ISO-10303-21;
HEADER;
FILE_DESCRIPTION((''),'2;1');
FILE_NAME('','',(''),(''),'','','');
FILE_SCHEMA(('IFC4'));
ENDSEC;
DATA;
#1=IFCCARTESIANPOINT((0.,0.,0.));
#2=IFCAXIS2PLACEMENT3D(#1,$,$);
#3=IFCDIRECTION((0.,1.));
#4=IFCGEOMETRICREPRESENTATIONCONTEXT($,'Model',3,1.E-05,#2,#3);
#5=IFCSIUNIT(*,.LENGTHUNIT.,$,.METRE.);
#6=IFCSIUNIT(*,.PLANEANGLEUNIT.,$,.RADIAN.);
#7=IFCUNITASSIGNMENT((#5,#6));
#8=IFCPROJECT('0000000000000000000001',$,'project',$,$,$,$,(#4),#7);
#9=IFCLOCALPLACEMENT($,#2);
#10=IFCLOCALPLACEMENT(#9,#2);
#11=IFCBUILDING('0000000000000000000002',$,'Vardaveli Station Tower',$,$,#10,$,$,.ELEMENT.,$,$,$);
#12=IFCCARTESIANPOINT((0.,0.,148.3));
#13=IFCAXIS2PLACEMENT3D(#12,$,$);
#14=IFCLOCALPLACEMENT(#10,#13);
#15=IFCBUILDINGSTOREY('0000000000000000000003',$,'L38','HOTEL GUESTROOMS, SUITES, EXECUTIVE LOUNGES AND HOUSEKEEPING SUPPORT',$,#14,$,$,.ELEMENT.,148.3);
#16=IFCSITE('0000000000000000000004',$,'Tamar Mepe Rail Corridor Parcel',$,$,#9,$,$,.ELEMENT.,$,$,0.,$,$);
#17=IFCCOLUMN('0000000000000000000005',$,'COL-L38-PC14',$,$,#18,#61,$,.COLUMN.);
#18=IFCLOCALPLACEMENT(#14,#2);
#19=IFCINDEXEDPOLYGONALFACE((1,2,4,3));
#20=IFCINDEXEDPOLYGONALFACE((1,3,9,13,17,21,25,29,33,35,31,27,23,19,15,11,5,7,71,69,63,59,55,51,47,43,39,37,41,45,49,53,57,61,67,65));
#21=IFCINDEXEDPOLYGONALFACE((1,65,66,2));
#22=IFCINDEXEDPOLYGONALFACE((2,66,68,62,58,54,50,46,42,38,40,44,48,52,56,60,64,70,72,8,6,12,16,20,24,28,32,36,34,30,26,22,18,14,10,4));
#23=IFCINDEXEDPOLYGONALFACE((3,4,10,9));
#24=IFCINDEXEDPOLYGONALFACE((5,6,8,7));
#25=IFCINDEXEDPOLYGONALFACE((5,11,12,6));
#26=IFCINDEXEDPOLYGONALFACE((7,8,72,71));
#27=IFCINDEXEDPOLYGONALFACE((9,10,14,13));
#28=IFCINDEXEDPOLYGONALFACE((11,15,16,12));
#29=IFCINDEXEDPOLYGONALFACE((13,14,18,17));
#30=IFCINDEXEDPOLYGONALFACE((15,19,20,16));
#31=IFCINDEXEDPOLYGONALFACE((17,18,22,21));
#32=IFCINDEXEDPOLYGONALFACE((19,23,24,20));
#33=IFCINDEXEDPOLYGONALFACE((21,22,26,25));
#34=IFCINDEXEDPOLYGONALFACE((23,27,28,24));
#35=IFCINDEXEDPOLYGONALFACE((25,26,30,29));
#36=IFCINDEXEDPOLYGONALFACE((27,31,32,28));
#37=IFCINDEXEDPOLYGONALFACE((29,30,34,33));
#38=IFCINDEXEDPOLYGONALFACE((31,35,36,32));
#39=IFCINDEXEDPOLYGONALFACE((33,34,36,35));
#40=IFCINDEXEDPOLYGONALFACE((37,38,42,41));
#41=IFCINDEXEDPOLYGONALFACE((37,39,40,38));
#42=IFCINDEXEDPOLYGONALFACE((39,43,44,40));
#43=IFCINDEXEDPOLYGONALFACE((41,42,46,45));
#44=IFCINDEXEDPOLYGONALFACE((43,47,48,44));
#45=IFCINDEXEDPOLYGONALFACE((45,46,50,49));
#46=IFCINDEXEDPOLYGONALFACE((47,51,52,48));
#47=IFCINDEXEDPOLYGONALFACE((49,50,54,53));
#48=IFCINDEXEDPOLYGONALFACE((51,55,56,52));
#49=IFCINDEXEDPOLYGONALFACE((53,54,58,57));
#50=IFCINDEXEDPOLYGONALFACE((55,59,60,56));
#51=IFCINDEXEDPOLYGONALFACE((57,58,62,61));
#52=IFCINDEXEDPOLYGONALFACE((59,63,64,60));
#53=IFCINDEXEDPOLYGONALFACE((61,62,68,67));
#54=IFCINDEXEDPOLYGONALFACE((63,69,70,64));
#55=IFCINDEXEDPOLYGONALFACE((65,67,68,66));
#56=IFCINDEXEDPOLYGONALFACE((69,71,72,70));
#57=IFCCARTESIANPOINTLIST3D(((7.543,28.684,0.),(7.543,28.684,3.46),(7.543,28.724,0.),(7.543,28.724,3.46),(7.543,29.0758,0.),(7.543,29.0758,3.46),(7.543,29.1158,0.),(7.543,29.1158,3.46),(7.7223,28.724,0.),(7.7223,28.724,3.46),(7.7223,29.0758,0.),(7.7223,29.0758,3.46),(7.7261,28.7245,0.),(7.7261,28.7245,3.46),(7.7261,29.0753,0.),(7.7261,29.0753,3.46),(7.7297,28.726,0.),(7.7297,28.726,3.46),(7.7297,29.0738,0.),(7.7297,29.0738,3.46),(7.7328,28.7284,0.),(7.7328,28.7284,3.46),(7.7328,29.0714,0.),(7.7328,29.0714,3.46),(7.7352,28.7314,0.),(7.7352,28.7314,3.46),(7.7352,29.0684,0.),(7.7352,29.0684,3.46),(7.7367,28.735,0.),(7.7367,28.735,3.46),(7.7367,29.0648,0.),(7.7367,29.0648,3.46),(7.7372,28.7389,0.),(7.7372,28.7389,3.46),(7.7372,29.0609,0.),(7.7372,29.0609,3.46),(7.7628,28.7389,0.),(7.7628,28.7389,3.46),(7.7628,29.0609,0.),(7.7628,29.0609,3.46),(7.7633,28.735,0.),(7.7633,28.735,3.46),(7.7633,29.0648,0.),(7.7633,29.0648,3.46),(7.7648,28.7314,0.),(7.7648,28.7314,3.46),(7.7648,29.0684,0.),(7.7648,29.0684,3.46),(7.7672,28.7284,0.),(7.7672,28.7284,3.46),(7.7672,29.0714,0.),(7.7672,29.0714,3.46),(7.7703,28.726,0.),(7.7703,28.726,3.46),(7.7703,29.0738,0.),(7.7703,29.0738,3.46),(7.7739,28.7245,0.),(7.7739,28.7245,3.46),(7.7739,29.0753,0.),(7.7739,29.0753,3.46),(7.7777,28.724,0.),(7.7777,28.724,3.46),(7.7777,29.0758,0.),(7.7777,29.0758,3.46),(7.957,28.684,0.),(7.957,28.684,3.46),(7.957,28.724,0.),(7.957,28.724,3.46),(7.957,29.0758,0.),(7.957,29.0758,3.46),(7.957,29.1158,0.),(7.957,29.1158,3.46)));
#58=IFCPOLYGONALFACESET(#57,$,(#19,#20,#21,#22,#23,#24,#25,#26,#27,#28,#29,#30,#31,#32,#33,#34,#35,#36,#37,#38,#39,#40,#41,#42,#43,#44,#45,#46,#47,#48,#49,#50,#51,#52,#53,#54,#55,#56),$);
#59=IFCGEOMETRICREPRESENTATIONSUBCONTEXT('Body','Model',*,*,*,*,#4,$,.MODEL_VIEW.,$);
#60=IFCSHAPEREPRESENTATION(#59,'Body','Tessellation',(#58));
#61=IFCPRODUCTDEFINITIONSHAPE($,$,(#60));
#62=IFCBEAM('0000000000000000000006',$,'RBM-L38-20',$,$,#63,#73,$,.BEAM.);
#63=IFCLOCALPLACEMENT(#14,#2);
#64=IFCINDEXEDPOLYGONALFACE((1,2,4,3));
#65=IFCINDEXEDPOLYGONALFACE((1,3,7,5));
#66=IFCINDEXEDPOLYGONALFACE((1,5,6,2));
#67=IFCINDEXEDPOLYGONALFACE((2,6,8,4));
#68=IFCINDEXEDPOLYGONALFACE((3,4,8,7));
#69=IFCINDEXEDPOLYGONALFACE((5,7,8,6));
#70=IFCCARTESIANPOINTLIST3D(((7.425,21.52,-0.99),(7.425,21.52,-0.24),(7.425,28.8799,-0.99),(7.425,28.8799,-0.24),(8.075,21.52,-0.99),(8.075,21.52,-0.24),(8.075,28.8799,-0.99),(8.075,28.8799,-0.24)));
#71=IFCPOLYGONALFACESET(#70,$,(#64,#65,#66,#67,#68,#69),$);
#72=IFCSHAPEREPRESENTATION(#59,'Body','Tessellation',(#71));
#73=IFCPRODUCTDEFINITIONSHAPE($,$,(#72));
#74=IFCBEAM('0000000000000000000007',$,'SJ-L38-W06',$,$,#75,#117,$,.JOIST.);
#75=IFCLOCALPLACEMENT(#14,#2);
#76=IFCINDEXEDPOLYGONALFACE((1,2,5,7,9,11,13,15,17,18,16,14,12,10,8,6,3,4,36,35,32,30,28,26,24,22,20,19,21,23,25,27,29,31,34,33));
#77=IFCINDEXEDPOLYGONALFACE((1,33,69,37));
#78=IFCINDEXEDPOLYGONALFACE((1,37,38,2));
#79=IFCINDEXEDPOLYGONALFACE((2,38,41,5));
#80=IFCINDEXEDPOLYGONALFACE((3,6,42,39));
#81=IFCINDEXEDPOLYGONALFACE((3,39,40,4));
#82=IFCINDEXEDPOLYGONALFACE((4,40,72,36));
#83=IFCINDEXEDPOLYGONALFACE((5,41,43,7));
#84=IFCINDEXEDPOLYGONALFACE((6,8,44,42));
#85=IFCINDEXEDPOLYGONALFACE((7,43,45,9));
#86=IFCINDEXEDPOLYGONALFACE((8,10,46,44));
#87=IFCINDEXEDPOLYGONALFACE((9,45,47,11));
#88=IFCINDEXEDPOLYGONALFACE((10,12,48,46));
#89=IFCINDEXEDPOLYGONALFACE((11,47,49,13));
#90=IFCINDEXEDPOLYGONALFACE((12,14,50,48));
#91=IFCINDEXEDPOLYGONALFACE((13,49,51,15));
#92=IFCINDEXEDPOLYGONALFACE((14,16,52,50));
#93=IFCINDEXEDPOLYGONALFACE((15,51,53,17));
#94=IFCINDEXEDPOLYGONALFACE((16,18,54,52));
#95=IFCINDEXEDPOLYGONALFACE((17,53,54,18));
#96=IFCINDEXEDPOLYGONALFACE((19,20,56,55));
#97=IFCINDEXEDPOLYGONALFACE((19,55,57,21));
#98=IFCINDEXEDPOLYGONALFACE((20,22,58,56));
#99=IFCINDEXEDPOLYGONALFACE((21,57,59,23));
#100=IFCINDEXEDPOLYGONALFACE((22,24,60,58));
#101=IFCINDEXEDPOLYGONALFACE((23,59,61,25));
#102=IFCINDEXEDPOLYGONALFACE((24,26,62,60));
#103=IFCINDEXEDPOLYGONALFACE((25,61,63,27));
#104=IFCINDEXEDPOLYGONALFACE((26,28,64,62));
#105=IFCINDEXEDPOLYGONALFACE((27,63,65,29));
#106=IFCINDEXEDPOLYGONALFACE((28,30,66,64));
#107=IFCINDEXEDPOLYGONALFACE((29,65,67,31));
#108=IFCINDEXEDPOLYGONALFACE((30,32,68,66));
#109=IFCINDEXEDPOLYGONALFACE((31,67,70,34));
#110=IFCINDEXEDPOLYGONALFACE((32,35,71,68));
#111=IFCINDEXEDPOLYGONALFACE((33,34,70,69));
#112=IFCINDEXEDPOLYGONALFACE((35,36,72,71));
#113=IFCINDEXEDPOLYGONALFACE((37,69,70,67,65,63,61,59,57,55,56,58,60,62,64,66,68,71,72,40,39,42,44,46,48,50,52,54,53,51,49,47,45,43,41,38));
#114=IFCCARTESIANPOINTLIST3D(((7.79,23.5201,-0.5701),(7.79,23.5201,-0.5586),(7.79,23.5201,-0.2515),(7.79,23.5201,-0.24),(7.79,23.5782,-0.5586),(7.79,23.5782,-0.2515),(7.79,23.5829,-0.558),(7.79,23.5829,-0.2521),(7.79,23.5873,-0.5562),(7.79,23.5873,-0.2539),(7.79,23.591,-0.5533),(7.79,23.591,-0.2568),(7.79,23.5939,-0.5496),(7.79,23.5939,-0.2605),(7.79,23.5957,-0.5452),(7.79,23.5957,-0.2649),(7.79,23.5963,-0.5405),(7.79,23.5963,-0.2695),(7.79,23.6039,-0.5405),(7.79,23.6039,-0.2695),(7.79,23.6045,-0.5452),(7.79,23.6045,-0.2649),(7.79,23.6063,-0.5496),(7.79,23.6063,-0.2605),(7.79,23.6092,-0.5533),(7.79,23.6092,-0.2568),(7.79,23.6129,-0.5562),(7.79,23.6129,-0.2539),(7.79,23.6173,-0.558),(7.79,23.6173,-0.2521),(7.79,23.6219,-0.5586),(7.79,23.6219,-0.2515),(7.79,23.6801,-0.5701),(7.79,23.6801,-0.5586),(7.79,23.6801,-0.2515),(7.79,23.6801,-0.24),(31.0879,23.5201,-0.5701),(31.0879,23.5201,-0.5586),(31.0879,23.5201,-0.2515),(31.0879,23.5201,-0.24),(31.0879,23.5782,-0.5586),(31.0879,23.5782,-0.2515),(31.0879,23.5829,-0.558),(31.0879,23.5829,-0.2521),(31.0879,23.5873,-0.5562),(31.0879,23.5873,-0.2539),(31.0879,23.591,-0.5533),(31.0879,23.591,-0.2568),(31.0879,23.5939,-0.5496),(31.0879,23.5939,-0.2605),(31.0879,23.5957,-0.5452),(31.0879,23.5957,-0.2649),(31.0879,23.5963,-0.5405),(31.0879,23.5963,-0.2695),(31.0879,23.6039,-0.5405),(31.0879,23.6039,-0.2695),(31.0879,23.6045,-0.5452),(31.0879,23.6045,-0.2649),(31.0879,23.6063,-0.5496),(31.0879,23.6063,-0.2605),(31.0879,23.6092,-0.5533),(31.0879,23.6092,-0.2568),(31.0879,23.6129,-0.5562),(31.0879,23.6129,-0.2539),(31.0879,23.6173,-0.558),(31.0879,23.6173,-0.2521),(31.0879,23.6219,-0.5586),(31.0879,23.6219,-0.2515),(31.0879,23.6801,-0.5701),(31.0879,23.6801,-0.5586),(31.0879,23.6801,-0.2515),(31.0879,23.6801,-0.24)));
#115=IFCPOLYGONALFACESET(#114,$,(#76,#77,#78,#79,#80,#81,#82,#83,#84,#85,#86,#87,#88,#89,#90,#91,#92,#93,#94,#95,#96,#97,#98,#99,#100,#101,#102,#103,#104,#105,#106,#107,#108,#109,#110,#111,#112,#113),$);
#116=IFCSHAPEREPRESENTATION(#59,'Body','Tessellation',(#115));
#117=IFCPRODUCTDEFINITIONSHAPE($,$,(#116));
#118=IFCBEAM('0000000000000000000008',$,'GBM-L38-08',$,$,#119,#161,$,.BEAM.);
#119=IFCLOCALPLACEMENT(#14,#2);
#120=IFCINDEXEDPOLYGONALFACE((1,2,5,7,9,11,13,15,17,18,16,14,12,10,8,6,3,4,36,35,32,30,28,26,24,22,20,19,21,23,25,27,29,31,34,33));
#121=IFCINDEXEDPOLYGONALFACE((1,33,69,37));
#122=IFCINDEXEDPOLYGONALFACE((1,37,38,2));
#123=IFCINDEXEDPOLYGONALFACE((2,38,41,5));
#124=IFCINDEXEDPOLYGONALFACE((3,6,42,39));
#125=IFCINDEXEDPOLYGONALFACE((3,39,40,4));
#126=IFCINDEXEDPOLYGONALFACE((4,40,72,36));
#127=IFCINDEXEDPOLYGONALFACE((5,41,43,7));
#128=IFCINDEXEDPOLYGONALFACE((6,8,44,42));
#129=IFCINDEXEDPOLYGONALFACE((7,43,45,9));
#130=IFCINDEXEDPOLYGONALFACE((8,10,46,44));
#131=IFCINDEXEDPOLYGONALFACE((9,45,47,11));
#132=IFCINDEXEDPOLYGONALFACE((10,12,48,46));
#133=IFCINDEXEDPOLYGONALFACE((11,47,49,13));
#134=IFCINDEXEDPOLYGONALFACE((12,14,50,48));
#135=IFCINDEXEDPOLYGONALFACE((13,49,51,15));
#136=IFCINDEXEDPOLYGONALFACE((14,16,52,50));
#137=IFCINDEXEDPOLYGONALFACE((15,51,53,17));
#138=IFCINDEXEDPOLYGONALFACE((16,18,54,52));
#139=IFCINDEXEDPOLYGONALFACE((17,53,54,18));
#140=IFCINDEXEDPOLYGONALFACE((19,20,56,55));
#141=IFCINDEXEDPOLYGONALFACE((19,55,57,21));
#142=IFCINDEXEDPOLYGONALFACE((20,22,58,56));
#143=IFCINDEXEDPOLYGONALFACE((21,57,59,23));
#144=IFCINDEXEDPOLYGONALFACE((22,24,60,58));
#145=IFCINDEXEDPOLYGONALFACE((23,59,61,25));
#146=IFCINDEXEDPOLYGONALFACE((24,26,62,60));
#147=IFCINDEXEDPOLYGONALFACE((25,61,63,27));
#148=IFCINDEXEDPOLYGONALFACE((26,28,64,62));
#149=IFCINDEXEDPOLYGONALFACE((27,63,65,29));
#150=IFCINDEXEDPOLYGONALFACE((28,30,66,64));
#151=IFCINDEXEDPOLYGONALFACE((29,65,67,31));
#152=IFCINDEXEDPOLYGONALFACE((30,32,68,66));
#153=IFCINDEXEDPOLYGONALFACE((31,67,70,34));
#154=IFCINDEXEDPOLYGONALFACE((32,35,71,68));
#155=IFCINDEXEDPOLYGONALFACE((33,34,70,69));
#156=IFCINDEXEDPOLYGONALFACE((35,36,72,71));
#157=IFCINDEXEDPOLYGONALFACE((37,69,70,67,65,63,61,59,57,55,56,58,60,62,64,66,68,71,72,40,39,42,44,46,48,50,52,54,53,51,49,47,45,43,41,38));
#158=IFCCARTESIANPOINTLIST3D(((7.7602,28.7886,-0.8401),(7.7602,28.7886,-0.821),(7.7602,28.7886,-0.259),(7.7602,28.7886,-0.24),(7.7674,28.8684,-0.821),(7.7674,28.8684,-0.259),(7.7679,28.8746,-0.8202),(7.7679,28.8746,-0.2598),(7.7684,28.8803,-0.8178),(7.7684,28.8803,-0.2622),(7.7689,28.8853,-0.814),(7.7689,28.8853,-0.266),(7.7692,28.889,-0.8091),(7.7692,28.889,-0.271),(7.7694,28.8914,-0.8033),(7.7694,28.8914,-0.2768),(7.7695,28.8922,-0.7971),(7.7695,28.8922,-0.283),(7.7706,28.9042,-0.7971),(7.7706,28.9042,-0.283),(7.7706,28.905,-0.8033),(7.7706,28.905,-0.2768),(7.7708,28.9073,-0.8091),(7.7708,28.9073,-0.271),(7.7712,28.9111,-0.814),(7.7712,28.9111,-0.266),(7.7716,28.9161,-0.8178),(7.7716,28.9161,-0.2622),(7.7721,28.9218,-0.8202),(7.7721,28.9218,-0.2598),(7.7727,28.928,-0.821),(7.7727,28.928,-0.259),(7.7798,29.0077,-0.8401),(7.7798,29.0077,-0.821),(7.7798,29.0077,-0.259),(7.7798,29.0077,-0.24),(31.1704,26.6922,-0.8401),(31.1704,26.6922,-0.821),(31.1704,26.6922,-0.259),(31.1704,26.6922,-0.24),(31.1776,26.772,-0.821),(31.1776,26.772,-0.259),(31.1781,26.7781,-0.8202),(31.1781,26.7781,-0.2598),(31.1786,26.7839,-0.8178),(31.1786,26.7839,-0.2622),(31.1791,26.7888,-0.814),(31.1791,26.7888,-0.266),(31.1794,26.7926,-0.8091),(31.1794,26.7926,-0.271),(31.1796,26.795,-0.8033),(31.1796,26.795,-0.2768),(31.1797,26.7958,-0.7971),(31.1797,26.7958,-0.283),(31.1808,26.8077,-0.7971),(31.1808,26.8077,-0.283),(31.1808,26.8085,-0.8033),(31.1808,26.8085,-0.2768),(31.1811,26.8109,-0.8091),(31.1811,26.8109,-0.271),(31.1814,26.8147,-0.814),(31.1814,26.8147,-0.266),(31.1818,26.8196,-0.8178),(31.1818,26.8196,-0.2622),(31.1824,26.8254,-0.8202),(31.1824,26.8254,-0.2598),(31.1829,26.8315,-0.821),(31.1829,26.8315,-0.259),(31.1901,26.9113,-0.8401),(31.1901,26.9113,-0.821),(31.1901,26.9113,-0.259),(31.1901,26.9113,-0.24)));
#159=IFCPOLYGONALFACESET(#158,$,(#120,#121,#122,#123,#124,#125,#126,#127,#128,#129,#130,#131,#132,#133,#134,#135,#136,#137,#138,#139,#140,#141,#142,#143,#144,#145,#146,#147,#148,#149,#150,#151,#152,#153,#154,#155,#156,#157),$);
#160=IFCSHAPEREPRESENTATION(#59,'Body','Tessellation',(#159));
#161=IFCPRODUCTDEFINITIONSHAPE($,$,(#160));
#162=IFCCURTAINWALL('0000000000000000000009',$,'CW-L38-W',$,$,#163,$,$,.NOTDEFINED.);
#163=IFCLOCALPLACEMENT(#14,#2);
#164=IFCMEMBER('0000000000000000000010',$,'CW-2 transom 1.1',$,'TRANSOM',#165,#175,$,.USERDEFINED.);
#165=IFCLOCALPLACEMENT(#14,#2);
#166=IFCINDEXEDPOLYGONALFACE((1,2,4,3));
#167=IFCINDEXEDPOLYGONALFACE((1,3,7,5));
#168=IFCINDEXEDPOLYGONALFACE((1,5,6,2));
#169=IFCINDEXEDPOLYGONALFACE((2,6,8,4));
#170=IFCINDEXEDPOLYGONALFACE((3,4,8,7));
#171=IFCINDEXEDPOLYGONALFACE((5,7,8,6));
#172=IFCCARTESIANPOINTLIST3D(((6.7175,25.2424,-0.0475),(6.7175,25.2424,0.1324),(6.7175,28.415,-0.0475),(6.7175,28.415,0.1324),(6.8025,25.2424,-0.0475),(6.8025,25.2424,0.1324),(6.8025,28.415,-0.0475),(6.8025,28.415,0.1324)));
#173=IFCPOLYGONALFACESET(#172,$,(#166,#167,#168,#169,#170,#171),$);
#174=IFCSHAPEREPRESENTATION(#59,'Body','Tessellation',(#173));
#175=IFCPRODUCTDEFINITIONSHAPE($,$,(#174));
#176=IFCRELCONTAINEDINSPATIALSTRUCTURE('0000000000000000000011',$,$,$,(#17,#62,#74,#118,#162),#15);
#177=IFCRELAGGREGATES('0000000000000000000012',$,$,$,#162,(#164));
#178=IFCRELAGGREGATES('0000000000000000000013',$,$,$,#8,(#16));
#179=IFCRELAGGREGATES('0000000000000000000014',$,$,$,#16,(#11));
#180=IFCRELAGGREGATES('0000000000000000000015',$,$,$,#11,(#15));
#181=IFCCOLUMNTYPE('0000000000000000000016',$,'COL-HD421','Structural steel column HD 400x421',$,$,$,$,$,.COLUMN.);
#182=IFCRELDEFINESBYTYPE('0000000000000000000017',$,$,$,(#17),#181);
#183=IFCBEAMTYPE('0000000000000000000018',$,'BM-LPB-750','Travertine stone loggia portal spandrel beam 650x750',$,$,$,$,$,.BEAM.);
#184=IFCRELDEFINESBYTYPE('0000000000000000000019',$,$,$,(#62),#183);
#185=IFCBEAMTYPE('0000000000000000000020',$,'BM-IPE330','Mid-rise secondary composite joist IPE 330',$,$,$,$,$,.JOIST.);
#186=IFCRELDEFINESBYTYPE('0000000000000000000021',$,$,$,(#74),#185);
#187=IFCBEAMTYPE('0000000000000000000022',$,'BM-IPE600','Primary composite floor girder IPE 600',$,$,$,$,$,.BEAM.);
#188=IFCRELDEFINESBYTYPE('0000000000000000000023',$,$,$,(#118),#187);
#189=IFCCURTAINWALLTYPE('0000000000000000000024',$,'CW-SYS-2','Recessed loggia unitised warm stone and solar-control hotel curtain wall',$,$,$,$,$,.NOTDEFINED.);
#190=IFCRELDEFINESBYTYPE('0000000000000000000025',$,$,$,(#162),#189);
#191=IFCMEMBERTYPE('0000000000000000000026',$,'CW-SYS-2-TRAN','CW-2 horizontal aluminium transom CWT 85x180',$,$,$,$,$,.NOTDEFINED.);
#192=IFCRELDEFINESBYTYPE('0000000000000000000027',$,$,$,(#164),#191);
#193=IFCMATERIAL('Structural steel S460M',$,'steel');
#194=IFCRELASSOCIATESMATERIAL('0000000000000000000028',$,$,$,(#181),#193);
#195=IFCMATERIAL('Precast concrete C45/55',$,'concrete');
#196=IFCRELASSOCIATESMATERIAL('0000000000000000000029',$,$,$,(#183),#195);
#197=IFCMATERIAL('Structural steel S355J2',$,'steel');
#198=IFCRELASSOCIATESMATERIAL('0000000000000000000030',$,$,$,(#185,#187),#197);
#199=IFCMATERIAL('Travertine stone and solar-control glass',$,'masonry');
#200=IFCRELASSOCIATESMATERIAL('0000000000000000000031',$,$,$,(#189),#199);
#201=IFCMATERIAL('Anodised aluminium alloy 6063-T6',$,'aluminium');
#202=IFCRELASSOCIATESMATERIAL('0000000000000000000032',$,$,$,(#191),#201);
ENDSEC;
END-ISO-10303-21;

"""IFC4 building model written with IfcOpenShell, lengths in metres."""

from ifc_helpers import new_model, si_unit, direction, frame, origin, origin_2d, place, context, subcontext, project, spatial, rectangle, i_section, extrude, source, transform, mapped, material, material_profile, profile_set, type_object, element, aggregate, save


model = new_model("IFC4")

# Units and contexts
model_context = context("Model", 3, precision=1e-05, world=origin(), true_north=direction((0.0, 1.0)))
body_context = subcontext(model_context, "Body", "Model", "MODEL_VIEW")
ifc_project = project(units=[si_unit("LENGTHUNIT", "METRE"), si_unit("PLANEANGLEUNIT", "RADIAN")], contexts=[model_context])

# Site, building, storey
site_placement = place(None, origin())
site = spatial("IfcSite", under=ifc_project, at=site_placement, Name="Tamar Mepe Rail Corridor Parcel", CompositionType="ELEMENT", RefElevation=0.0)
building_placement = place(site_placement, origin())
building = spatial("IfcBuilding", under=site, at=building_placement, Name="Vardaveli Station Tower", CompositionType="ELEMENT")
storey_placement = place(building_placement, frame((0.0, 0.0, 148.3)))
storey = spatial("IfcBuildingStorey", under=building, at=storey_placement, Name="L38", Description="HOTEL GUESTROOMS, SUITES, EXECUTIVE LOUNGES AND HOUSEKEEPING SUPPORT", CompositionType="ELEMENT", Elevation=148.3)

# Column
ifc_material_1 = material(Name="Structural steel S460M", Category="steel")
ifc_material_profile_1 = material_profile(ifc_material_1, i_section(OverallWidth=0.4141, OverallDepth=0.4319, WebThickness=0.0256, FlangeThickness=0.04, FilletRadius=0.0149, at=origin_2d()), Name="HD 400x421")
ifc_profile_set_1 = profile_set([ifc_material_profile_1], Name="Structural steel S460M")
column_type = type_object("IfcColumnType", Name="COL-HD421", Description="Structural steel column HD 400x421", PredefinedType="COLUMN", material=ifc_profile_set_1)
shared_shape_1 = source(origin(), body_context, "Body", "SweptSolid", [
    extrude(i_section(OverallWidth=0.4141, OverallDepth=0.4319, WebThickness=0.0256, FlangeThickness=0.04, FilletRadius=0.0149, at=origin_2d()), origin(), (0.0, 0.0, 1.0), 3.46),
])
column_placement = place(storey_placement, frame((7.75, 28.8999, 0.0), z_axis=(0.0, 0.0, 1.0), x_axis=(1.0, 0.0, 0.0)))
element("IfcColumn", 1, at=column_placement, inside=storey, type_object=column_type, Name="COL-L38-PC14", PredefinedType="COLUMN", context=body_context, shape_type="MappedRepresentation", body=[
    mapped(shared_shape_1, transform((0.0, 0.0, 0.0), scale=1.0)),
])

# Beams
ifc_material_2 = material(Name="Precast concrete C45/55", Category="concrete")
ifc_material_profile_2 = material_profile(ifc_material_2, rectangle(XDim=0.6499, YDim=0.75, at=origin_2d()), Name="LPB 650x750")
ifc_profile_set_2 = profile_set([ifc_material_profile_2], Name="Precast concrete C45/55")
beam_type_1 = type_object("IfcBeamType", Name="BM-LPB-750", Description="Travertine stone loggia portal spandrel beam 650x750", PredefinedType="BEAM", material=ifc_profile_set_2)
shared_shape_2 = source(origin(), body_context, "Body", "SweptSolid", [
    extrude(rectangle(XDim=0.6499, YDim=0.75, at=origin_2d()), origin(), (0.0, 0.0, 1.0), 7.3599),
])
beam_1_placement = place(storey_placement, frame((7.75, 28.8799, -0.615), z_axis=(0.0, -1.0, 0.0), x_axis=(1.0, 0.0, 0.0)))
element("IfcBeam", 2, at=beam_1_placement, inside=storey, type_object=beam_type_1, Name="RBM-L38-20", PredefinedType="BEAM", context=body_context, shape_type="MappedRepresentation", body=[
    mapped(shared_shape_2, transform((0.0, 0.0, 0.0), scale=1.0)),
])
ifc_material_3 = material(Name="Structural steel S355J2", Category="steel")
ifc_material_profile_3 = material_profile(ifc_material_3, i_section(OverallWidth=0.1599, OverallDepth=0.3301, WebThickness=0.0076, FlangeThickness=0.0115, FilletRadius=0.0181, at=origin_2d()), Name="IPE 330")
ifc_profile_set_3 = profile_set([ifc_material_profile_3], Name="Structural steel S355J2")
beam_type_2 = type_object("IfcBeamType", Name="BM-IPE330", Description="Mid-rise secondary composite joist IPE 330", PredefinedType="JOIST", material=ifc_profile_set_3)
shared_shape_3 = source(origin(), body_context, "Body", "SweptSolid", [
    extrude(i_section(OverallWidth=0.1599, OverallDepth=0.3301, WebThickness=0.0076, FlangeThickness=0.0115, FilletRadius=0.0181, at=origin_2d()), origin(), (0.0, 0.0, 1.0), 23.2979),
])
beam_2_placement = place(storey_placement, frame((7.79, 23.6001, -0.405), z_axis=(1.0, 0.0, 0.0), x_axis=(0.0, 1.0, 0.0)))
element("IfcBeam", 3, at=beam_2_placement, inside=storey, type_object=beam_type_2, Name="SJ-L38-W06", PredefinedType="JOIST", context=body_context, shape_type="MappedRepresentation", body=[
    mapped(shared_shape_3, transform((0.0, 0.0, 0.0), scale=1.0)),
])
ifc_material_profile_4 = material_profile(ifc_material_3, i_section(OverallWidth=0.22, OverallDepth=0.6001, WebThickness=0.012, FlangeThickness=0.019, FilletRadius=0.0239, at=origin_2d()), Name="IPE 600")
ifc_profile_set_4 = profile_set([ifc_material_profile_4], Name="Structural steel S355J2")
beam_type_3 = type_object("IfcBeamType", Name="BM-IPE600", Description="Primary composite floor girder IPE 600", PredefinedType="BEAM", material=ifc_profile_set_4)
shared_shape_4 = source(origin(), body_context, "Body", "SweptSolid", [
    extrude(i_section(OverallWidth=0.22, OverallDepth=0.6001, WebThickness=0.012, FlangeThickness=0.019, FilletRadius=0.0239, at=origin_2d()), origin(), (0.0, 0.0, 1.0), 23.5039),
])
beam_3_placement = place(storey_placement, frame((7.77, 28.8982, -0.54), z_axis=(0.996014, -0.089195, 0.0), x_axis=(0.089195, 0.996014, 0.0)))
element("IfcBeam", 4, at=beam_3_placement, inside=storey, type_object=beam_type_3, Name="GBM-L38-08", PredefinedType="BEAM", context=body_context, shape_type="MappedRepresentation", body=[
    mapped(shared_shape_4, transform((0.0, 0.0, 0.0), scale=1.0)),
])

# Curtain wall, member
ifc_material_4 = material(Name="Travertine stone and solar-control glass", Category="masonry")
curtain_wall_type = type_object("IfcCurtainWallType", Name="CW-SYS-2", Description="Recessed loggia unitised warm stone and solar-control hotel curtain wall", PredefinedType="NOTDEFINED", material=ifc_material_4)
curtain_wall_placement = place(storey_placement, origin())
curtain_wall = element("IfcCurtainWall", 5, at=curtain_wall_placement, inside=storey, type_object=curtain_wall_type, Name="CW-L38-W", PredefinedType="NOTDEFINED")
ifc_material_5 = material(Name="Anodised aluminium alloy 6063-T6", Category="aluminium")
ifc_material_profile_5 = material_profile(ifc_material_5, rectangle(XDim=0.085, YDim=0.1799, at=origin_2d()), Name="CWT 85x180")
ifc_profile_set_5 = profile_set([ifc_material_profile_5], Name="Anodised aluminium alloy 6063-T6")
member_type_1 = type_object("IfcMemberType", Name="CW-SYS-2-TRAN", Description="CW-2 horizontal aluminium transom CWT 85x180", PredefinedType="NOTDEFINED", material=ifc_profile_set_5)
shared_shape_5 = source(origin(), body_context, "Body", "SweptSolid", [
    extrude(rectangle(XDim=0.085, YDim=0.1799, at=origin_2d()), origin(), (0.0, 0.0, 1.0), 3.1726),
])
member_1_placement = place(storey_placement, frame((6.76, 28.415, 0.0425), z_axis=(0.0, -1.0, 0.0), x_axis=(1.0, 0.0, 0.0)))
member_1 = element("IfcMember", 6, at=member_1_placement, type_object=member_type_1, Name="CW-2 transom 1.1", ObjectType="TRANSOM", PredefinedType="USERDEFINED", context=body_context, shape_type="MappedRepresentation", body=[
    mapped(shared_shape_5, transform((0.0, 0.0, 0.0), scale=1.0)),
])
aggregate(curtain_wall, [member_1])

save(model, "model.ifc")
